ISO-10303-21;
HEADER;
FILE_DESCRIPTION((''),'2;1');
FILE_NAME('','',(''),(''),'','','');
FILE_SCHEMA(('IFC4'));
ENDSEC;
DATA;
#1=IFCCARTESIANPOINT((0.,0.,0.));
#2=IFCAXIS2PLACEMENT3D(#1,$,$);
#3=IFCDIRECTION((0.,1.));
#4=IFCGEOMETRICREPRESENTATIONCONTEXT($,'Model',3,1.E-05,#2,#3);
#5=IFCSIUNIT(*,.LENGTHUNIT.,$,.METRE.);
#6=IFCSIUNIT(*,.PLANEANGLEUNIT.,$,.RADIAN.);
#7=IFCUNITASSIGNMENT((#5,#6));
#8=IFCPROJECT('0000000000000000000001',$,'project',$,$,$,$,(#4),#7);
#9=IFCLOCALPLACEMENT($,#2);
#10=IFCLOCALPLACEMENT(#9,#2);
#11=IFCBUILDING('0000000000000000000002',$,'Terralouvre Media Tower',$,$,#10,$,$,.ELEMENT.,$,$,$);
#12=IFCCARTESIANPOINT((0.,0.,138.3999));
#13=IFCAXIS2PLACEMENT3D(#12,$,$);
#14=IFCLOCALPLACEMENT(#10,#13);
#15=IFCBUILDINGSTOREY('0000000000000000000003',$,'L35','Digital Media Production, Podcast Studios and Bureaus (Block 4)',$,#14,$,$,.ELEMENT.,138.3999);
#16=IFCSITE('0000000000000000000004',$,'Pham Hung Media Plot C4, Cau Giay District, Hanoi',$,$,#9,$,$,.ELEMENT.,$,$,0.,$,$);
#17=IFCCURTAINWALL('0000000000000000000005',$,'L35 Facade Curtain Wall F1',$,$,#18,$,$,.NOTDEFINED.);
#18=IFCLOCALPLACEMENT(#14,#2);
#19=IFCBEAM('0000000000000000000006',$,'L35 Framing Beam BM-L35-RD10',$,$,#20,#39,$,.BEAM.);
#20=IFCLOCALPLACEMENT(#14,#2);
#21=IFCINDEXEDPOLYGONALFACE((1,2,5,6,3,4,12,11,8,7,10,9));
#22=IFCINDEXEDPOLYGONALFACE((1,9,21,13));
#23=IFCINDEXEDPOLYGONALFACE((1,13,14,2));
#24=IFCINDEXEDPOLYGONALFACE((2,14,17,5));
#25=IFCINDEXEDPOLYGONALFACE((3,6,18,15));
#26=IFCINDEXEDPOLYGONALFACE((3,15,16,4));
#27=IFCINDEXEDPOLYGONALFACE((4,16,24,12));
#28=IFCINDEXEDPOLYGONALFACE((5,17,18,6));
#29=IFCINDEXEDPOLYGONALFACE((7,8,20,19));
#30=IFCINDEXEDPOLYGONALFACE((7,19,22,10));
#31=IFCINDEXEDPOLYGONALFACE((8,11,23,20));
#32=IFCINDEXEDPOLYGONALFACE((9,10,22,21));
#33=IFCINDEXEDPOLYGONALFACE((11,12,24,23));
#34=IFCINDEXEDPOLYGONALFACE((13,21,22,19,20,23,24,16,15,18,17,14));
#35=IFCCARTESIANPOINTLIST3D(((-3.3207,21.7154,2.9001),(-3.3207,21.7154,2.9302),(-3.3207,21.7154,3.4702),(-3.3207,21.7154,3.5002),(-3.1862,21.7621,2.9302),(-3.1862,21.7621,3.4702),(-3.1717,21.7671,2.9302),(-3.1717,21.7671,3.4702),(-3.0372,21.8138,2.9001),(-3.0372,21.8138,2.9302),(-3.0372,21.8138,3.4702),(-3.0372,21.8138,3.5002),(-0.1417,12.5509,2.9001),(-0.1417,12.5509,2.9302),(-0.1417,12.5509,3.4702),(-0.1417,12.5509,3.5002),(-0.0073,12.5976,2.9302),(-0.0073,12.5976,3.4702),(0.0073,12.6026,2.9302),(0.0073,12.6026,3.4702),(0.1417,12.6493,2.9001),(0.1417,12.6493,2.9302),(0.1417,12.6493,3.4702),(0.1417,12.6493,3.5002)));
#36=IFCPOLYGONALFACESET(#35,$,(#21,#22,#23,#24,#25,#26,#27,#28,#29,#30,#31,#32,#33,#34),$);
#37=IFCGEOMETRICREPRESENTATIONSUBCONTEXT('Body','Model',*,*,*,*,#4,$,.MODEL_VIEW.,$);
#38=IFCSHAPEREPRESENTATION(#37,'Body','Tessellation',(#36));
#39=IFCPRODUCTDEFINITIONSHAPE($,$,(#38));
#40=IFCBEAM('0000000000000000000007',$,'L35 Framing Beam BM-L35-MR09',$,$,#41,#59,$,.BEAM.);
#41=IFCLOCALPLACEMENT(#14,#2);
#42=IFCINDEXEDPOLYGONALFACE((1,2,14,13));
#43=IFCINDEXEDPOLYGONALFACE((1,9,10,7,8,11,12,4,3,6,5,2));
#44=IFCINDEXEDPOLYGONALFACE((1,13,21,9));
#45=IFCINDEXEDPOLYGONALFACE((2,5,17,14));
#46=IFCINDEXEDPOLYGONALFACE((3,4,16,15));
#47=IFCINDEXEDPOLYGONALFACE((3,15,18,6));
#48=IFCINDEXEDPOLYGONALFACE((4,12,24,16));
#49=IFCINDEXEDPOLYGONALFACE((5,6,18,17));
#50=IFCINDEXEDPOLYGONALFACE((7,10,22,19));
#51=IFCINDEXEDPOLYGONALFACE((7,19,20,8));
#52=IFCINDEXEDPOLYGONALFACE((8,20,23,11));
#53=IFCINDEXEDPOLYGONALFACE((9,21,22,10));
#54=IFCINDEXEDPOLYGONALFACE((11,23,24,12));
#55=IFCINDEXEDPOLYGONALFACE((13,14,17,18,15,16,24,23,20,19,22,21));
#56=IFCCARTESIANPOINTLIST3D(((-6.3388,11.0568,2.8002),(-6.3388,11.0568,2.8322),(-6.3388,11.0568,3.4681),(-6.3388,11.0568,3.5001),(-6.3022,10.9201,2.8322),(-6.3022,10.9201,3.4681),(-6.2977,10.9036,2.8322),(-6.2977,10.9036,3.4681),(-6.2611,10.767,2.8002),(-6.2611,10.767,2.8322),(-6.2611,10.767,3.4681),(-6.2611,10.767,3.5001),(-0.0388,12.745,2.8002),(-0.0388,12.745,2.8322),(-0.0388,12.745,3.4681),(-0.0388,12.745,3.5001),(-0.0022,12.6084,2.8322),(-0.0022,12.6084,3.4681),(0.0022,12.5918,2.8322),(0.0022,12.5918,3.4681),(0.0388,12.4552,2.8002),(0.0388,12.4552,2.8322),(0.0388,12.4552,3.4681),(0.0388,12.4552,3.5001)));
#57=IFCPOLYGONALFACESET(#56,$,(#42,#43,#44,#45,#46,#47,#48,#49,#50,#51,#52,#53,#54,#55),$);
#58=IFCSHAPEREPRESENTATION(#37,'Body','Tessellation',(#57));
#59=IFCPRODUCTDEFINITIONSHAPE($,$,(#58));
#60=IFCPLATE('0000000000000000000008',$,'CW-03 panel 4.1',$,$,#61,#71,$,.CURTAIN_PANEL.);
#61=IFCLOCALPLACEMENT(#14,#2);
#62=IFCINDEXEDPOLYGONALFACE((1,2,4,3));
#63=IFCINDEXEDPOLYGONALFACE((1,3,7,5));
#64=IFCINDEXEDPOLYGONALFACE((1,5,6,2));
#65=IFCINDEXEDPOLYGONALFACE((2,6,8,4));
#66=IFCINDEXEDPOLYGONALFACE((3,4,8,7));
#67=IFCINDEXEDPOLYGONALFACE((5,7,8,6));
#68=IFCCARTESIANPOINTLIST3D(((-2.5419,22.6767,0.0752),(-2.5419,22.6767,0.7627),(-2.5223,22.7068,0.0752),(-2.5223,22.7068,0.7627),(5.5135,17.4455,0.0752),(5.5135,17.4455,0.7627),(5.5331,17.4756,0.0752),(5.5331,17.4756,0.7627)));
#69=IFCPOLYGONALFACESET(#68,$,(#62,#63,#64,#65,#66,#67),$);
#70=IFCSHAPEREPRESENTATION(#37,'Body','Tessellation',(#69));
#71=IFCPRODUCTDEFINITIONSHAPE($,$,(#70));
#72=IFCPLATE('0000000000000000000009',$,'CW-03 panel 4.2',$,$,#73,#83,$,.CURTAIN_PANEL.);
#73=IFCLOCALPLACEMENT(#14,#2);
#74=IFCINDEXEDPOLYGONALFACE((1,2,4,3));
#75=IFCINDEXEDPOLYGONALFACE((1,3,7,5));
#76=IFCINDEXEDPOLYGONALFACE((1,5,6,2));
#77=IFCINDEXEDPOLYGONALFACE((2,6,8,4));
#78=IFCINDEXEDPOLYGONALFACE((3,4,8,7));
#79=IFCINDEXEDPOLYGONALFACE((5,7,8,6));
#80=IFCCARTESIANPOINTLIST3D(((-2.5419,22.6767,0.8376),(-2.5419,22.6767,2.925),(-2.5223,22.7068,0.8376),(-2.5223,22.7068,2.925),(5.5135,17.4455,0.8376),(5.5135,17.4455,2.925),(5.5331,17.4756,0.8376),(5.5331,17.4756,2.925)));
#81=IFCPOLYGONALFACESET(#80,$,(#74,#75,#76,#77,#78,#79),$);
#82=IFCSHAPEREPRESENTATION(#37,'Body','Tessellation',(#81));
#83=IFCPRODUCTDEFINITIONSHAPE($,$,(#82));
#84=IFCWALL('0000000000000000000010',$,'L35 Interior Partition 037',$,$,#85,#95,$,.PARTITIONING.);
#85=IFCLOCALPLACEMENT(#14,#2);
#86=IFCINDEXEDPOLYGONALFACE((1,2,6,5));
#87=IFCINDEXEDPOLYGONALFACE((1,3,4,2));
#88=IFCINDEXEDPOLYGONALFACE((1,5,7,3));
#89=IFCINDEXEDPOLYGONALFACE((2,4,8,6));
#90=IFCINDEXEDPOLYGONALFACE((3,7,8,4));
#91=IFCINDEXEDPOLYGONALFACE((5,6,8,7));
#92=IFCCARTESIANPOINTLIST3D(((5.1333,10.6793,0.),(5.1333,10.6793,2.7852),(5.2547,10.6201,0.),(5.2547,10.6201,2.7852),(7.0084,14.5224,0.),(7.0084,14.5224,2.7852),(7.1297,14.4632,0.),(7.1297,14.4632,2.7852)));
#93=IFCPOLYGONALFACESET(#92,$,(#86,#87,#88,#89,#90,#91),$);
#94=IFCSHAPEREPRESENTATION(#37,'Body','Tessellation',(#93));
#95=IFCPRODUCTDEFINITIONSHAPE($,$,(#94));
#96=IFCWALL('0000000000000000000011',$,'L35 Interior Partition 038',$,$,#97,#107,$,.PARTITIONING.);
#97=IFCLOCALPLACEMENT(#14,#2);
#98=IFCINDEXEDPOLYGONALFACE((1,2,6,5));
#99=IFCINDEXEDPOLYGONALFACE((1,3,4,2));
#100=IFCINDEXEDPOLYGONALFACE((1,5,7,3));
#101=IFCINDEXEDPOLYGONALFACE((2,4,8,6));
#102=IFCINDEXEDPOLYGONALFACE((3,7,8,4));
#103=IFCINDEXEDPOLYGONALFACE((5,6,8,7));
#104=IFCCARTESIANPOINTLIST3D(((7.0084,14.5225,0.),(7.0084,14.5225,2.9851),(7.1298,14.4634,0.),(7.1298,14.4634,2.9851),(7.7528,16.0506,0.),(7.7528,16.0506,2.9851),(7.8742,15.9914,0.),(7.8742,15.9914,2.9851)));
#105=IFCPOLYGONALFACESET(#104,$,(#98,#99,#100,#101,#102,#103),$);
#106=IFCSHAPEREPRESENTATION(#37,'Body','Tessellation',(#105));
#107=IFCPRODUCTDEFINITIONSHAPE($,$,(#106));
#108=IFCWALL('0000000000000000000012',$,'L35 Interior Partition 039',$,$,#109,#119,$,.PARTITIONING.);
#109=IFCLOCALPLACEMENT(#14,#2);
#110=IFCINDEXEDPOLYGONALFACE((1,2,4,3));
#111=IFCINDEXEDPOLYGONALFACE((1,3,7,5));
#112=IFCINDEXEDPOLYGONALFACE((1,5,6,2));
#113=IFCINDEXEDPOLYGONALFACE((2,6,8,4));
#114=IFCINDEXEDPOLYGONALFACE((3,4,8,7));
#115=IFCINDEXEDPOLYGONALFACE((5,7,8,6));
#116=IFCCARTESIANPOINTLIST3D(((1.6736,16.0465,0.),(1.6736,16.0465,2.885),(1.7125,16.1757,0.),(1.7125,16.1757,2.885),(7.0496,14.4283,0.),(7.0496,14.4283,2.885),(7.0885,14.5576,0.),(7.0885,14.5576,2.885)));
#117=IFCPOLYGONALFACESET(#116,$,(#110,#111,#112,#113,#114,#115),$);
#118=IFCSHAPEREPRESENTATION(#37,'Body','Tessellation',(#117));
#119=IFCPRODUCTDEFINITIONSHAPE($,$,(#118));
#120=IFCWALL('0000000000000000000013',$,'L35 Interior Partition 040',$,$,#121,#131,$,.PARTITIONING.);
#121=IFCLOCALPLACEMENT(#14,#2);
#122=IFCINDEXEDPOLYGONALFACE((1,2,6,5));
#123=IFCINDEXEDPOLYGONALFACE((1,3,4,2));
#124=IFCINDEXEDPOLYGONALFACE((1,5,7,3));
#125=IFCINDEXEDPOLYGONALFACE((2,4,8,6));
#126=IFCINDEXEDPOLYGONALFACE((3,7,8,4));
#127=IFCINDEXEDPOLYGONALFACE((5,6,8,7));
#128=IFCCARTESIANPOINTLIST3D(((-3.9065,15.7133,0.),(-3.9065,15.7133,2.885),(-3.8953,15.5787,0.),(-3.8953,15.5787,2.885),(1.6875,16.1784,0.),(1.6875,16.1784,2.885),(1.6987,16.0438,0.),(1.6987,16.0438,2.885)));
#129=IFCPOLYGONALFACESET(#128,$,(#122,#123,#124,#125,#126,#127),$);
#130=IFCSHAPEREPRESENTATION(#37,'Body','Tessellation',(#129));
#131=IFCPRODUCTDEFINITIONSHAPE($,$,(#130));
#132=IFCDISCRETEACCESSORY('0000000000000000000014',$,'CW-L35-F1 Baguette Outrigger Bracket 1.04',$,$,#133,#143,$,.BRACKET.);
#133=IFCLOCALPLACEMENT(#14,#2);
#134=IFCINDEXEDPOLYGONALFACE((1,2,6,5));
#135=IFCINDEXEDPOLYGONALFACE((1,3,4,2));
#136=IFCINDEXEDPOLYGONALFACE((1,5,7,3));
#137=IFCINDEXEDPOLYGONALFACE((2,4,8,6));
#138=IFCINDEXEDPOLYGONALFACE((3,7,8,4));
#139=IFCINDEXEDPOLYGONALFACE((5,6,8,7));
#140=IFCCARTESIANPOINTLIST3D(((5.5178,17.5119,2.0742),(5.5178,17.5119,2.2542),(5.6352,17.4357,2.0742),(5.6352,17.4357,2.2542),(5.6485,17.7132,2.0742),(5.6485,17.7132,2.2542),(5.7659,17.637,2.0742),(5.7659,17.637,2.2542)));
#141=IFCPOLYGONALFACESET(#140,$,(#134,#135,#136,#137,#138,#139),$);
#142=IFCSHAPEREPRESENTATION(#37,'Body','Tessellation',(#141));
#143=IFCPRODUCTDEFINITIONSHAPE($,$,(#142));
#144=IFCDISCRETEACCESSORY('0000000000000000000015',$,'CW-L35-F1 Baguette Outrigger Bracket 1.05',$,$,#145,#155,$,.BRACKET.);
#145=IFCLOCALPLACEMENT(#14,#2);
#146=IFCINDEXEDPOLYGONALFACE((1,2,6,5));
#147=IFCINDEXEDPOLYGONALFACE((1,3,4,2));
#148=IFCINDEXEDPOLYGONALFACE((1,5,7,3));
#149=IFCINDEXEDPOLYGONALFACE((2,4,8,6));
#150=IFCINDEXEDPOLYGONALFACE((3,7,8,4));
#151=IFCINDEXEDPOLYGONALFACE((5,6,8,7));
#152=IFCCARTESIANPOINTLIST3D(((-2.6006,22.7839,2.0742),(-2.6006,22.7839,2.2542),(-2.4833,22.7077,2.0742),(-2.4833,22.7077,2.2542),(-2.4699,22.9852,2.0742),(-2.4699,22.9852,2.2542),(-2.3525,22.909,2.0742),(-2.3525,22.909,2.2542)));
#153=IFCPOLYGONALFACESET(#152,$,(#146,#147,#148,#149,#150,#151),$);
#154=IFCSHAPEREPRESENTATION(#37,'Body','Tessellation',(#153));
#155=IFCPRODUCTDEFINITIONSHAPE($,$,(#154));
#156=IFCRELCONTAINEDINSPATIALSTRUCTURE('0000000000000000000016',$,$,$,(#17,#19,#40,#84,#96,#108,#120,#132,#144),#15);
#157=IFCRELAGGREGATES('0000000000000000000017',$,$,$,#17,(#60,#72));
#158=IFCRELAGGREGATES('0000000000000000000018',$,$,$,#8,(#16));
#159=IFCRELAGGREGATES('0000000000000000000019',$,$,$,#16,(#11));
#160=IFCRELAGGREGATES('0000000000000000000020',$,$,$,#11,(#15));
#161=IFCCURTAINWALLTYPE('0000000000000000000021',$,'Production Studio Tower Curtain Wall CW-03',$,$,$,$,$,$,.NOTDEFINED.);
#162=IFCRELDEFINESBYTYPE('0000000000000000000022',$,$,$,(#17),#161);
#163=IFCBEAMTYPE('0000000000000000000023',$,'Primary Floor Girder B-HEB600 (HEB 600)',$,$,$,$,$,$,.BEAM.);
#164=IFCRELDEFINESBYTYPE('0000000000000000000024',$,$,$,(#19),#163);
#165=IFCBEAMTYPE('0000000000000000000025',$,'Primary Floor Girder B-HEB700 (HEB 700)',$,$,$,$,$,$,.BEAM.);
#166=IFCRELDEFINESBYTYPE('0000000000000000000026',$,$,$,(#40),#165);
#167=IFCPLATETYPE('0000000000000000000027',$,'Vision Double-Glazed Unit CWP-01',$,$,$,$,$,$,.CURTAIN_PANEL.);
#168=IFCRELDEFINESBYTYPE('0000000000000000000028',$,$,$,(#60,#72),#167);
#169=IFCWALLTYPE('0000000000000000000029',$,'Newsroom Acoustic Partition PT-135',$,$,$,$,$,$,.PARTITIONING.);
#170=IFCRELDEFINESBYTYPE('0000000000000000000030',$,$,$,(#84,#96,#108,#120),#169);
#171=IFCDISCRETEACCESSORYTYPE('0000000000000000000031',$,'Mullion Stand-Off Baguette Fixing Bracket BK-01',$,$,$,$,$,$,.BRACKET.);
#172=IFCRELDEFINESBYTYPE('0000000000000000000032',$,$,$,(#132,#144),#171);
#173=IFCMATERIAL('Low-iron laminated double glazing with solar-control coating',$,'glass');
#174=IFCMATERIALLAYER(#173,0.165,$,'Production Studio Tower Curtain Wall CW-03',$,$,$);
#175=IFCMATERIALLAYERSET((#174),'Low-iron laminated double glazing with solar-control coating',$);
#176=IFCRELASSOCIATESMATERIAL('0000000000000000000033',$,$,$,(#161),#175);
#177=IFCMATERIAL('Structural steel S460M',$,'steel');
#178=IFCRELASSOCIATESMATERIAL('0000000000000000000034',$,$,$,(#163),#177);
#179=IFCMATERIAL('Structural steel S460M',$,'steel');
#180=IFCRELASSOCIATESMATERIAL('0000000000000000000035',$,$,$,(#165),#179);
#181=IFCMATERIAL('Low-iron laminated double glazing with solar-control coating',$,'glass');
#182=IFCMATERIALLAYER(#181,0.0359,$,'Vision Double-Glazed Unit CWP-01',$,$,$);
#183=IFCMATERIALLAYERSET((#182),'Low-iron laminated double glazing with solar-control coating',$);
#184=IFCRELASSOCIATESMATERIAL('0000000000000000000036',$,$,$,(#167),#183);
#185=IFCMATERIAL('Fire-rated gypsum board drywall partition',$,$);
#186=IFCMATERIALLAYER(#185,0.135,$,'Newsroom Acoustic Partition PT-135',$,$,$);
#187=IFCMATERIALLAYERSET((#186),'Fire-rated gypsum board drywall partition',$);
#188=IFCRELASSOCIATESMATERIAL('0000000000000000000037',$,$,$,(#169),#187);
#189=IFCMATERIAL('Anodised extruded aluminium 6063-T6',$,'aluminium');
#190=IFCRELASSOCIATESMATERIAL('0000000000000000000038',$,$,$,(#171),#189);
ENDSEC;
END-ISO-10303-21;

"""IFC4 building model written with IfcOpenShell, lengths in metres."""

from ifc_helpers import new_model, si_unit, direction, frame, frame_2d, origin, origin_2d, place, context, subcontext, project, spatial, rectangle, i_section, extrude, material, layer, layer_set, material_profile, profile_set, type_object, element, aggregate, save


model = new_model("IFC4")

# Units and contexts
model_context = context("Model", 3, precision=1e-05, world=origin(), true_north=direction((0.0, 1.0)))
body_context = subcontext(model_context, "Body", "Model", "MODEL_VIEW")
ifc_project = project(units=[si_unit("LENGTHUNIT", "METRE"), si_unit("PLANEANGLEUNIT", "RADIAN")], contexts=[model_context])

# Site, building, storey
site_placement = place(None, origin())
site = spatial("IfcSite", under=ifc_project, at=site_placement, Name="Pham Hung Media Plot C4, Cau Giay District, Hanoi", CompositionType="ELEMENT", RefElevation=0.0)
building_placement = place(site_placement, origin())
building = spatial("IfcBuilding", under=site, at=building_placement, Name="Terralouvre Media Tower", CompositionType="ELEMENT")
storey_placement = place(building_placement, frame((0.0, 0.0, 138.3999)))
storey = spatial("IfcBuildingStorey", under=building, at=storey_placement, Name="L35", Description="Digital Media Production, Podcast Studios and Bureaus (Block 4)", CompositionType="ELEMENT", Elevation=138.3999)

# Curtain wall
ifc_material_1 = material(Name="Low-iron laminated double glazing with solar-control coating", Category="glass")
ifc_layer_1 = layer(ifc_material_1, 0.165, Name="Production Studio Tower Curtain Wall CW-03")
ifc_layer_set_1 = layer_set([ifc_layer_1], Name="Low-iron laminated double glazing with solar-control coating")
curtain_wall_type = type_object("IfcCurtainWallType", Name="Production Studio Tower Curtain Wall CW-03", PredefinedType="NOTDEFINED", material=ifc_layer_set_1)
curtain_wall_placement = place(storey_placement, origin())
curtain_wall = element("IfcCurtainWall", 1, at=curtain_wall_placement, inside=storey, type_object=curtain_wall_type, Name="L35 Facade Curtain Wall F1", PredefinedType="NOTDEFINED")

# Beams
ifc_material_2 = material(Name="Structural steel S460M", Category="steel")
ifc_material_profile_1 = material_profile(ifc_material_2, i_section(OverallWidth=0.3, OverallDepth=0.6001, WebThickness=0.0154, FlangeThickness=0.03, at=origin_2d()), Name="HEB 600")
ifc_profile_set_1 = profile_set([ifc_material_profile_1], Name="Structural steel S460M")
beam_type_1 = type_object("IfcBeamType", Name="Primary Floor Girder B-HEB600 (HEB 600)", PredefinedType="BEAM", material=ifc_profile_set_1)
beam_1_placement = place(storey_placement, frame((0.0, 12.6001, 3.2002), z_axis=(-0.327719, 0.944775, 0.0), x_axis=(-0.944775, -0.327719, 0.0)))
element("IfcBeam", 2, at=beam_1_placement, inside=storey, type_object=beam_type_1, Name="L35 Framing Beam BM-L35-RD10", PredefinedType="BEAM", context=body_context, shape_type="SweptSolid", body=[
    extrude(i_section(OverallWidth=0.3, OverallDepth=0.6001, WebThickness=0.0154, FlangeThickness=0.03, at=origin_2d()), origin(), (0.0, 0.0, 1.0), 9.7002),
])
ifc_material_3 = material(Name="Structural steel S460M", Category="steel")
ifc_material_profile_2 = material_profile(ifc_material_3, i_section(OverallWidth=0.3, OverallDepth=0.7, WebThickness=0.0171, FlangeThickness=0.032, at=origin_2d()), Name="HEB 700")
ifc_profile_set_2 = profile_set([ifc_material_profile_2], Name="Structural steel S460M")
beam_type_2 = type_object("IfcBeamType", Name="Primary Floor Girder B-HEB700 (HEB 700)", PredefinedType="BEAM", material=ifc_profile_set_2)
beam_2_placement = place(storey_placement, frame((0.0, 12.6001, 3.1501), z_axis=(-0.96592, -0.258839, 0.0), x_axis=(0.258839, -0.96592, 0.0)))
element("IfcBeam", 3, at=beam_2_placement, inside=storey, type_object=beam_type_2, Name="L35 Framing Beam BM-L35-MR09", PredefinedType="BEAM", context=body_context, shape_type="SweptSolid", body=[
    extrude(i_section(OverallWidth=0.3, OverallDepth=0.7, WebThickness=0.0171, FlangeThickness=0.032, at=origin_2d()), origin(), (0.0, 0.0, 1.0), 6.5222),
])

# Plates
ifc_material_4 = material(Name="Low-iron laminated double glazing with solar-control coating", Category="glass")
ifc_layer_2 = layer(ifc_material_4, 0.0359, Name="Vision Double-Glazed Unit CWP-01")
ifc_layer_set_2 = layer_set([ifc_layer_2], Name="Low-iron laminated double glazing with solar-control coating")
plate_type = type_object("IfcPlateType", Name="Vision Double-Glazed Unit CWP-01", PredefinedType="CURTAIN_PANEL", material=ifc_layer_set_2)
plate_1_placement = place(storey_placement, frame((1.4956, 20.0762, 0.0752), z_axis=(0.0, 0.0, 1.0), x_axis=(-0.838671, 0.544639, 0.0)))
plate_1 = element("IfcPlate", 4, at=plate_1_placement, type_object=plate_type, Name="CW-03 panel 4.1", PredefinedType="CURTAIN_PANEL", context=body_context, shape_type="SweptSolid", body=[
    extrude(rectangle(XDim=9.605, YDim=0.0359, at=origin_2d()), origin(), (0.0, 0.0, 1.0), 0.6875),
])
plate_2_placement = place(storey_placement, frame((1.4956, 20.0762, 0.8376), z_axis=(0.0, 0.0, 1.0), x_axis=(-0.838671, 0.544639, 0.0)))
plate_2 = element("IfcPlate", 5, at=plate_2_placement, type_object=plate_type, Name="CW-03 panel 4.2", PredefinedType="CURTAIN_PANEL", context=body_context, shape_type="SweptSolid", body=[
    extrude(rectangle(XDim=9.605, YDim=0.0359, at=origin_2d()), origin(), (0.0, 0.0, 1.0), 2.0874),
])
aggregate(curtain_wall, [plate_1, plate_2])

# Walls
ifc_material_5 = material(Name="Fire-rated gypsum board drywall partition")
ifc_layer_3 = layer(ifc_material_5, 0.135, Name="Newsroom Acoustic Partition PT-135")
ifc_layer_set_3 = layer_set([ifc_layer_3], Name="Fire-rated gypsum board drywall partition")
wall_type = type_object("IfcWallType", Name="Newsroom Acoustic Partition PT-135", PredefinedType="PARTITIONING", material=ifc_layer_set_3)
wall_1_placement = place(storey_placement, frame((7.0691, 14.4929, 0.0), z_axis=(0.0, 0.0, 1.0), x_axis=(-0.438491, -0.898736, 0.0)))
element("IfcWall", 6, at=wall_1_placement, inside=storey, type_object=wall_type, Name="L35 Interior Partition 037", PredefinedType="PARTITIONING", context=body_context, shape_type="SweptSolid", body=[
    extrude(rectangle(XDim=4.2761, YDim=0.135, at=frame_2d((2.1382, 0.0))), origin(), (0.0, 0.0, 1.0), 2.7852),
])
wall_2_placement = place(storey_placement, frame((7.8135, 16.021, 0.0), z_axis=(0.0, 0.0, 1.0), x_axis=(-0.43794, -0.899004, 0.0)))
element("IfcWall", 7, at=wall_2_placement, inside=storey, type_object=wall_type, Name="L35 Interior Partition 038", PredefinedType="PARTITIONING", context=body_context, shape_type="SweptSolid", body=[
    extrude(rectangle(XDim=1.6997, YDim=0.135, at=frame_2d((0.8499, 0.0))), origin(), (0.0, 0.0, 1.0), 2.9851),
])
wall_3_placement = place(storey_placement, frame((7.0691, 14.4929, 0.0), z_axis=(0.0, 0.0, 1.0), x_axis=(-0.957563, 0.288225, 0.0)))
element("IfcWall", 8, at=wall_3_placement, inside=storey, type_object=wall_type, Name="L35 Interior Partition 039", PredefinedType="PARTITIONING", context=body_context, shape_type="SweptSolid", body=[
    extrude(rectangle(XDim=5.6143, YDim=0.135, at=frame_2d((2.8071, 0.0))), origin(), (0.0, 0.0, 1.0), 2.885),
])
wall_4_placement = place(storey_placement, frame((1.6931, 16.1111, 0.0), z_axis=(0.0, 0.0, 1.0), x_axis=(-0.996562, -0.082855, 0.0)))
element("IfcWall", 9, at=wall_4_placement, inside=storey, type_object=wall_type, Name="L35 Interior Partition 040", PredefinedType="PARTITIONING", context=body_context, shape_type="SweptSolid", body=[
    extrude(rectangle(XDim=5.6133, YDim=0.135, at=frame_2d((2.8066, 0.0))), origin(), (0.0, 0.0, 1.0), 2.885),
])

# Discrete accessories
ifc_material_6 = material(Name="Anodised extruded aluminium 6063-T6", Category="aluminium")
discrete_accessory_type = type_object("IfcDiscreteAccessoryType", Name="Mullion Stand-Off Baguette Fixing Bracket BK-01", PredefinedType="BRACKET", material=ifc_material_6)
for number, where, z_axis, x_axis, name in (
    (10, (5.6418, 17.5745, 2.0742), (0.0, 0.0, 1.0), (-0.838671, 0.544639, 0.0), "CW-L35-F1 Baguette Outrigger Bracket 1.04"),
    (11, (-2.4766, 22.8464, 2.0742), (0.0, 0.0, 1.0), (-0.838671, 0.544639, 0.0), "CW-L35-F1 Baguette Outrigger Bracket 1.05"),
):
    element("IfcDiscreteAccessory", number, at=place(storey_placement, frame(where, z_axis=z_axis, x_axis=x_axis)), inside=storey, type_object=discrete_accessory_type, Name=name, PredefinedType="BRACKET", context=body_context, shape_type="SweptSolid", body=[
        extrude(rectangle(XDim=0.1399, YDim=0.24, at=origin_2d()), origin(), (0.0, 0.0, 1.0), 0.1799),
    ])

save(model, "model.ifc")
